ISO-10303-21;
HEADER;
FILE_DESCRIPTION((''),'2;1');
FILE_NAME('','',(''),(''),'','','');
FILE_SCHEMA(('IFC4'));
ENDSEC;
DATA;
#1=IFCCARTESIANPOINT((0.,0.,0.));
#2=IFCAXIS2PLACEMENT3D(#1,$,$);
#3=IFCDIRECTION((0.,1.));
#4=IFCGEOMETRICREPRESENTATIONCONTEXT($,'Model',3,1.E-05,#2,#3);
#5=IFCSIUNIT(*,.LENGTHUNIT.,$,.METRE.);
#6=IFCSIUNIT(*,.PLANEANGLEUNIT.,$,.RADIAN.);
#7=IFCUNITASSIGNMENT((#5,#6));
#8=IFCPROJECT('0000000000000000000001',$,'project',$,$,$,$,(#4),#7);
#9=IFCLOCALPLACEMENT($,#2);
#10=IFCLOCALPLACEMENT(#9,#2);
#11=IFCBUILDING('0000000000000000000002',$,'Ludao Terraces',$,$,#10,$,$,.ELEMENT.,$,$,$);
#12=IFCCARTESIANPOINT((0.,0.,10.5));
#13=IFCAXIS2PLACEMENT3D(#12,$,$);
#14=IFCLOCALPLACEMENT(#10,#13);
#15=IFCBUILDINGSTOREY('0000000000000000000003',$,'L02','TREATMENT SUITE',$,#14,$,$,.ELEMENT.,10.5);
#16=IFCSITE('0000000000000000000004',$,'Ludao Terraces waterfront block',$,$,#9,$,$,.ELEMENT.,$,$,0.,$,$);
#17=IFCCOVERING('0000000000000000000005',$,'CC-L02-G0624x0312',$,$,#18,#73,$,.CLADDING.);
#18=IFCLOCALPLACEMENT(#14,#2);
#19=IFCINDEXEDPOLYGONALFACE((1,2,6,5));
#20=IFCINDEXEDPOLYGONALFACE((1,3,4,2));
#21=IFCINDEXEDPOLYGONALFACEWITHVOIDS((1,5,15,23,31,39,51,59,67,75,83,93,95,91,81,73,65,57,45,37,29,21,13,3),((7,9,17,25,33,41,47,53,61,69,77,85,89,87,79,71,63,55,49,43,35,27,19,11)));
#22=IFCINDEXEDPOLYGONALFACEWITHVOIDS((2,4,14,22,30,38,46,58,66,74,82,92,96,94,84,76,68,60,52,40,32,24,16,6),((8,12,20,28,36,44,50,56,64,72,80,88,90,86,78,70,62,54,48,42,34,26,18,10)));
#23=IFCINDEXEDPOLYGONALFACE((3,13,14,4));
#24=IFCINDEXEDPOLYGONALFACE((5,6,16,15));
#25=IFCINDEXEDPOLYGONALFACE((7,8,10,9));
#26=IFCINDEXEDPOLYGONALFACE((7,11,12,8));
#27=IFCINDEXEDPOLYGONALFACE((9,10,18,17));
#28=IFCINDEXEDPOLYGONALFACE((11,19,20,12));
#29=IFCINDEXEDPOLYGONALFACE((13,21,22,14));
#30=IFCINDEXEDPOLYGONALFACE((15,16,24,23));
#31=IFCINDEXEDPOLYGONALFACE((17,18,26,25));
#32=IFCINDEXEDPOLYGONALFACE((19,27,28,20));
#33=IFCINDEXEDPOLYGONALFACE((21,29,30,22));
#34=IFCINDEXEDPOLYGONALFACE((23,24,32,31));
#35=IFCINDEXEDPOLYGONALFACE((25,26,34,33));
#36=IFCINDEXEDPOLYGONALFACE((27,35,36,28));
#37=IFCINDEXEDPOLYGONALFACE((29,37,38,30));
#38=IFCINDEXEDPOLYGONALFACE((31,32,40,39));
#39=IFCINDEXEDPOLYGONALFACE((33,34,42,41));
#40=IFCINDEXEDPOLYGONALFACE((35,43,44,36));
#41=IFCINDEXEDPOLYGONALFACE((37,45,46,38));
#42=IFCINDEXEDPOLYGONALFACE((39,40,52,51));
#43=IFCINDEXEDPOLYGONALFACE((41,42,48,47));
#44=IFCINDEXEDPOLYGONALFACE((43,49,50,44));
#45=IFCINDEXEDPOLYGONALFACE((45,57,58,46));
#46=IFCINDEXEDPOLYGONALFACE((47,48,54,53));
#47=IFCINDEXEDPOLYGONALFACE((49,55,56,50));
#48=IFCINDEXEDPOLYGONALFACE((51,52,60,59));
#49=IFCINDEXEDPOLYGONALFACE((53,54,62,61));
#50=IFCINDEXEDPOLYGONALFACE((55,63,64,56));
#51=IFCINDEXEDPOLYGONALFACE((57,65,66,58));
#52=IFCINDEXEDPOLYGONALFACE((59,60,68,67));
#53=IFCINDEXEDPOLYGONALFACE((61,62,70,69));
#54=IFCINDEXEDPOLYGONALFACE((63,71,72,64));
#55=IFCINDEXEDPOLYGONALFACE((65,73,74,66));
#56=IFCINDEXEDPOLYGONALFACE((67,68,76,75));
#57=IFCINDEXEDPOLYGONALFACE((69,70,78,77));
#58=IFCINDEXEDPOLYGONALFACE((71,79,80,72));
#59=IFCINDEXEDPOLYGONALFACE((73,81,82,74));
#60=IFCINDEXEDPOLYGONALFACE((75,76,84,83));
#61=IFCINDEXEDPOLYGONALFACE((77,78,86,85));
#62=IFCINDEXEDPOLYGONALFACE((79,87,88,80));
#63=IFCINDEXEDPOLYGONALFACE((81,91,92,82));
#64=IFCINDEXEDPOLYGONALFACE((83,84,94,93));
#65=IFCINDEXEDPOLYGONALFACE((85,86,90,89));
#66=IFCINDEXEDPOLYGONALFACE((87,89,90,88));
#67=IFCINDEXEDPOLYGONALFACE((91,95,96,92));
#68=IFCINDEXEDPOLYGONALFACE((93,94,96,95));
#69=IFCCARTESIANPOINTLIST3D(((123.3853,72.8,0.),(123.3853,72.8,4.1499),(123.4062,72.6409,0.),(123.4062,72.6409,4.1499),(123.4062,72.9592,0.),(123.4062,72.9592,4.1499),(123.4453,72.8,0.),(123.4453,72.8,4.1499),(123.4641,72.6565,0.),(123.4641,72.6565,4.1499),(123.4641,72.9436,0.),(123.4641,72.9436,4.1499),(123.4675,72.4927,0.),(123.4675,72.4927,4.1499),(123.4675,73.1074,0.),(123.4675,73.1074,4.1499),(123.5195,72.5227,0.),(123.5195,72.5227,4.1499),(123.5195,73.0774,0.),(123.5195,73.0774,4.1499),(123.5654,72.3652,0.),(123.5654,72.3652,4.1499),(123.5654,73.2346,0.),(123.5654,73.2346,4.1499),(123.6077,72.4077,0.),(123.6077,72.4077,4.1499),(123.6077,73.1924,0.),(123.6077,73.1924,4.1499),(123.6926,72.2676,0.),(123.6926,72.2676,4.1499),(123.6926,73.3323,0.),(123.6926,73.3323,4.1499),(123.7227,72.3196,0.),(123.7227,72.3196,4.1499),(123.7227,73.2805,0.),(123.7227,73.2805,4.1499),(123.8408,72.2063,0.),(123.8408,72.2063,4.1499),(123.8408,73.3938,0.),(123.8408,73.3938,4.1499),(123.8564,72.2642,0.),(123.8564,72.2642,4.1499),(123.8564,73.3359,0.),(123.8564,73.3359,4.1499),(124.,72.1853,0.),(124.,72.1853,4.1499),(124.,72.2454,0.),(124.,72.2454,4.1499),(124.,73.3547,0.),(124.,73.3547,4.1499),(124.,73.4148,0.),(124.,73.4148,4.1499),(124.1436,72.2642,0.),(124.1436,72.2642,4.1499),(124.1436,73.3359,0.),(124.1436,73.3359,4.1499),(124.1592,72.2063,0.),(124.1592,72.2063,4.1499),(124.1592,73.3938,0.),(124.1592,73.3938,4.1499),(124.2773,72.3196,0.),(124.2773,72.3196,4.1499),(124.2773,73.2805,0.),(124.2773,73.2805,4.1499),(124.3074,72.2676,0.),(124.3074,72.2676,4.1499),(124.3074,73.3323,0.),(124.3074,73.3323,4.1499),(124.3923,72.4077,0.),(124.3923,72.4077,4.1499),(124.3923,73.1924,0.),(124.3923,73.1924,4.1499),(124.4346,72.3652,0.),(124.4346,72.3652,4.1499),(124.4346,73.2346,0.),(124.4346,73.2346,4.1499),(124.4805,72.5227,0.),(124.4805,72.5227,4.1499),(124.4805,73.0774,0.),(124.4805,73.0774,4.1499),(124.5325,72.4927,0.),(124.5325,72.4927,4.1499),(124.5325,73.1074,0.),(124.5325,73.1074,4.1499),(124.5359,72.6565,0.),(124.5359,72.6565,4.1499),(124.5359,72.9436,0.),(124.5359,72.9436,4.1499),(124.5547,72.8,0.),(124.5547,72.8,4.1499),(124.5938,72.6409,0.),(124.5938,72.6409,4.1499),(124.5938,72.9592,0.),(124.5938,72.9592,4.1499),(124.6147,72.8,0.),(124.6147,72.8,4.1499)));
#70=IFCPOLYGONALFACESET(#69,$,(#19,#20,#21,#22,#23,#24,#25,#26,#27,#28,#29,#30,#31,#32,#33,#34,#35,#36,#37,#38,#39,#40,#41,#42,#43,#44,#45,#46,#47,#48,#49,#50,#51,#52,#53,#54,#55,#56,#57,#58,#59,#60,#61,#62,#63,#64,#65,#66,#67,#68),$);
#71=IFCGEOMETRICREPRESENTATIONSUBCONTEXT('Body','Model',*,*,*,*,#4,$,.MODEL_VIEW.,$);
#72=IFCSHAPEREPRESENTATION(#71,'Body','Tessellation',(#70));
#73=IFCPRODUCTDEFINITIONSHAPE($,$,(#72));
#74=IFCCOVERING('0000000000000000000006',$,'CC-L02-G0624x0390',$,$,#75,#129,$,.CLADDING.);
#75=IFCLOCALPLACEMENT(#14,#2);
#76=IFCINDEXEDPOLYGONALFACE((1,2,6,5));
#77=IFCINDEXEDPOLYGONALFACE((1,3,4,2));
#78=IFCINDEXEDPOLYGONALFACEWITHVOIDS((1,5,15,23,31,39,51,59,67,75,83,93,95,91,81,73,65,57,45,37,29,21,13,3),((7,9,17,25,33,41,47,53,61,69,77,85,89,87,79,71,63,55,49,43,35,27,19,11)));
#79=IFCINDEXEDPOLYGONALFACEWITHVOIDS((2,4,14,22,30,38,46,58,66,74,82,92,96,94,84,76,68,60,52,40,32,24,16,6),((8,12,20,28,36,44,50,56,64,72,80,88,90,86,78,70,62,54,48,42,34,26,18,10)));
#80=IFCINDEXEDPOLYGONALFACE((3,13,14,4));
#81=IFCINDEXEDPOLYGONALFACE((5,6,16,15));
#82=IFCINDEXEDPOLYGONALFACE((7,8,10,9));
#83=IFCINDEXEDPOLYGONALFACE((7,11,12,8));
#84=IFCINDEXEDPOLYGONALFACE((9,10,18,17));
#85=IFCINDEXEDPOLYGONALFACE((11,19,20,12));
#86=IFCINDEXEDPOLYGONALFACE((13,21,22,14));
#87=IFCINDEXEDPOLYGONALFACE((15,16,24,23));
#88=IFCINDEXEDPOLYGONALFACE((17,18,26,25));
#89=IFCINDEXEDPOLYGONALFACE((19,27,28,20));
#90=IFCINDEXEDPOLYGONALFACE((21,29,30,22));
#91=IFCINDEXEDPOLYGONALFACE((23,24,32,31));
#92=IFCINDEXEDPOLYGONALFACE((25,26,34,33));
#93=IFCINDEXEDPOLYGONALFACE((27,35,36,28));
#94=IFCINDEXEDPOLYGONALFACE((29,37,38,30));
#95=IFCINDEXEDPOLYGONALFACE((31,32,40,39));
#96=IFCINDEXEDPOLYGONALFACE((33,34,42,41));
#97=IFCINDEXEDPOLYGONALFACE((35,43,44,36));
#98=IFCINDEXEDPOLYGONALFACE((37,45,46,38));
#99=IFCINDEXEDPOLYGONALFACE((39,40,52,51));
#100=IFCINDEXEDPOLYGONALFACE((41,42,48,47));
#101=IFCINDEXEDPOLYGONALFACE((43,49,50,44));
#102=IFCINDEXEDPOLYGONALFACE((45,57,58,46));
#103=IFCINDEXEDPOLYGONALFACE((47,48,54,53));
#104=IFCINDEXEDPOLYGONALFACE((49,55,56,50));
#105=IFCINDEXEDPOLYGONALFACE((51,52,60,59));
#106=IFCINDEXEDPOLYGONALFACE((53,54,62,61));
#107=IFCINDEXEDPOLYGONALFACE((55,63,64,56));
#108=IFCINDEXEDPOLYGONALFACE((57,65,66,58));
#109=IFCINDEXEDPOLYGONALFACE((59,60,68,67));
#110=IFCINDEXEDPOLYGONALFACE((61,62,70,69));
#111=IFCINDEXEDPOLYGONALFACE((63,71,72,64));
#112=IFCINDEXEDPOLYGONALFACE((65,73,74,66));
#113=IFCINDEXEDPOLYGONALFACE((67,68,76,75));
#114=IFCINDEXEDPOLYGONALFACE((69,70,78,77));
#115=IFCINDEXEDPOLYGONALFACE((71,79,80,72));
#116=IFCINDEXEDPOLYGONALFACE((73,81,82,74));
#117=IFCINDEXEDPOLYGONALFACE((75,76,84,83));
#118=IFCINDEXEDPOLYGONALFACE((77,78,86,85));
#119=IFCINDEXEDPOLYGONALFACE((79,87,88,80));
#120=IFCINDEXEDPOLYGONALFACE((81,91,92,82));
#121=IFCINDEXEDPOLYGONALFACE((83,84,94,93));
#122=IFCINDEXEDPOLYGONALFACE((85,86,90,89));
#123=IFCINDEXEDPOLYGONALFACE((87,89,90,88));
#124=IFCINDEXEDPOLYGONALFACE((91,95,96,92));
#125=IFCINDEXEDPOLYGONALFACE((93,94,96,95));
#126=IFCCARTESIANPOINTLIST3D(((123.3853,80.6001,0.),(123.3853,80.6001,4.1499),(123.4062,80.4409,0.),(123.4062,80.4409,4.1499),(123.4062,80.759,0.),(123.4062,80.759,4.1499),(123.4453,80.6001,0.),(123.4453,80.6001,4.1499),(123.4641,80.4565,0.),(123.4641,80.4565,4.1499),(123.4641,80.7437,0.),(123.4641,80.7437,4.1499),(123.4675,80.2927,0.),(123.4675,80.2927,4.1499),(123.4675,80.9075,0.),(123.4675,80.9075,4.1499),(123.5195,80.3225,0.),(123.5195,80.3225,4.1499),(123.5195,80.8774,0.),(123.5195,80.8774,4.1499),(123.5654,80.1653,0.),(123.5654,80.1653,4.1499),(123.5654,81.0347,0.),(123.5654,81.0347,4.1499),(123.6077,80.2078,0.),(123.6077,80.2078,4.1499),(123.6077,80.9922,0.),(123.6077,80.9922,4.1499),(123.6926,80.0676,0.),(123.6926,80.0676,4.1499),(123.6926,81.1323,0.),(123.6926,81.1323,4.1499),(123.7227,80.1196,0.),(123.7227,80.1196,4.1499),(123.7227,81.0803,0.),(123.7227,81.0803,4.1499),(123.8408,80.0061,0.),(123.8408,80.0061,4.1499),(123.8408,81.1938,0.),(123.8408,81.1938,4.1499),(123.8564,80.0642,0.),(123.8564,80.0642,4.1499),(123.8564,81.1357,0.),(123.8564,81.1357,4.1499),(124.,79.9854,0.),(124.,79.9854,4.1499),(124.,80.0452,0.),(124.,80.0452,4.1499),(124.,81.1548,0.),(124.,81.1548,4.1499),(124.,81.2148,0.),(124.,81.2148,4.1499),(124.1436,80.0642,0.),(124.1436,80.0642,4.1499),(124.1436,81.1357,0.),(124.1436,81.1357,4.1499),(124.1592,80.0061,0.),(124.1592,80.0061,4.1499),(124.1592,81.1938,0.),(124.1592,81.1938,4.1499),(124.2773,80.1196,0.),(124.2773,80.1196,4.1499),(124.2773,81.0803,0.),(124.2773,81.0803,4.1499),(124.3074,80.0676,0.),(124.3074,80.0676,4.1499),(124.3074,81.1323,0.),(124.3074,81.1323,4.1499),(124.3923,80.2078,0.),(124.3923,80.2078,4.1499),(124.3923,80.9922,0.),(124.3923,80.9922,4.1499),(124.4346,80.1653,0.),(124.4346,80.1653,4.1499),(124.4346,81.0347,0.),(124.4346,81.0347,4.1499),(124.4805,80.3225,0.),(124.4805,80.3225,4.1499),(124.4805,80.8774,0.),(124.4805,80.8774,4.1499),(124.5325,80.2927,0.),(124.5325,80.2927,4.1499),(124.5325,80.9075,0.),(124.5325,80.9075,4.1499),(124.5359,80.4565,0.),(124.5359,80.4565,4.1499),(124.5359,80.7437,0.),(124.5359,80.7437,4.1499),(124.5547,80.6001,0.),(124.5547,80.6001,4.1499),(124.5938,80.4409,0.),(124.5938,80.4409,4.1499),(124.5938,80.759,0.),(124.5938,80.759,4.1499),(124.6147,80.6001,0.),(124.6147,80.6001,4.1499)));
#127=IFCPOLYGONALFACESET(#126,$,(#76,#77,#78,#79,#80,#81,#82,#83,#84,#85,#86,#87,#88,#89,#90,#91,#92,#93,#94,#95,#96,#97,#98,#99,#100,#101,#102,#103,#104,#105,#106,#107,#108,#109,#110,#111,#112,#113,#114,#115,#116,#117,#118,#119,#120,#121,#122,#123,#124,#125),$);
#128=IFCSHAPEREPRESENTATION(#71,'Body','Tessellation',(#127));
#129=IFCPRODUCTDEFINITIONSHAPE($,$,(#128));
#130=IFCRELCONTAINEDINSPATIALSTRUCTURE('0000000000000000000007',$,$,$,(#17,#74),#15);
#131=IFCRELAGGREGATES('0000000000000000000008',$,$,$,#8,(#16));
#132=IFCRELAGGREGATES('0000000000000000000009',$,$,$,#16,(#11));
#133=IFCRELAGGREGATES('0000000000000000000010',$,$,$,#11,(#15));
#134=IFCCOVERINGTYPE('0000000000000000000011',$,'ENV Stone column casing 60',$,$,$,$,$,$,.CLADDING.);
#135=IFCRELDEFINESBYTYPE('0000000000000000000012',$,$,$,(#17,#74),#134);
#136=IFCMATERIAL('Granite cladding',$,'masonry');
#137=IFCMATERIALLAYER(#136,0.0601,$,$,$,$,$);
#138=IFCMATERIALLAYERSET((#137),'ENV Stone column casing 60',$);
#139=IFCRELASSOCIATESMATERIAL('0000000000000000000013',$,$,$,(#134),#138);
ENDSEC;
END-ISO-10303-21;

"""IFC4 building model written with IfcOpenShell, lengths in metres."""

from ifc_helpers import new_model, si_unit, direction, frame, origin, place, context, subcontext, project, spatial, polyline, outline, extrude, material, layer, layer_set, type_object, element, save


model = new_model("IFC4")

# Units and contexts
model_context = context("Model", 3, precision=1e-05, world=origin(), true_north=direction((0.0, 1.0)))
body_context = subcontext(model_context, "Body", "Model", "MODEL_VIEW")
ifc_project = project(units=[si_unit("LENGTHUNIT", "METRE"), si_unit("PLANEANGLEUNIT", "RADIAN")], contexts=[model_context])

# Site, building, storey
site_placement = place(None, origin())
site = spatial("IfcSite", under=ifc_project, at=site_placement, Name="Ludao Terraces waterfront block", CompositionType="ELEMENT", RefElevation=0.0)
building_placement = place(site_placement, origin())
building = spatial("IfcBuilding", under=site, at=building_placement, Name="Ludao Terraces", CompositionType="ELEMENT")
storey_placement = place(building_placement, frame((0.0, 0.0, 10.5)))
storey = spatial("IfcBuildingStorey", under=building, at=storey_placement, Name="L02", Description="TREATMENT SUITE", CompositionType="ELEMENT", Elevation=10.5)

# Coverings
ifc_material_1 = material(Name="Granite cladding", Category="masonry")
ifc_layer_1 = layer(ifc_material_1, 0.0601)
ifc_layer_set_1 = layer_set([ifc_layer_1], Name="ENV Stone column casing 60")
covering_type = type_object("IfcCoveringType", Name="ENV Stone column casing 60", PredefinedType="CLADDING", material=ifc_layer_set_1)
covering_1_placement = place(storey_placement, origin())
element("IfcCovering", 1, at=covering_1_placement, inside=storey, type_object=covering_type, Name="CC-L02-G0624x0312", PredefinedType="CLADDING", context=body_context, shape_type="SweptSolid", body=[
    extrude(outline(polyline([(124.6147, 72.8), (124.5938, 72.9592), (124.5325, 73.1074), (124.4346, 73.2346), (124.3074, 73.3323), (124.1592, 73.3938), (124.0, 73.4148), (123.8408, 73.3938), (123.6926, 73.3323), (123.5654, 73.2346), (123.4675, 73.1074), (123.4062, 72.9592), (123.3853, 72.8), (123.4062, 72.6409), (123.4675, 72.4927), (123.5654, 72.3652), (123.6926, 72.2676), (123.8408, 72.2063), (124.0, 72.1853), (124.1592, 72.2063), (124.3074, 72.2676), (124.4346, 72.3652), (124.5325, 72.4927), (124.5938, 72.6409), (124.6147, 72.8)]), holes=[polyline([(124.5359, 72.6565), (124.4805, 72.5227), (124.3923, 72.4077), (124.2773, 72.3196), (124.1436, 72.2642), (124.0, 72.2454), (123.8564, 72.2642), (123.7227, 72.3196), (123.6077, 72.4077), (123.5195, 72.5227), (123.4641, 72.6565), (123.4453, 72.8), (123.4641, 72.9436), (123.5195, 73.0774), (123.6077, 73.1924), (123.7227, 73.2805), (123.8564, 73.3359), (124.0, 73.3547), (124.1436, 73.3359), (124.2773, 73.2805), (124.3923, 73.1924), (124.4805, 73.0774), (124.5359, 72.9436), (124.5547, 72.8), (124.5359, 72.6565)])]), origin(), (0.0, 0.0, 1.0), 4.1499),
])
covering_2_placement = place(storey_placement, origin())
element("IfcCovering", 2, at=covering_2_placement, inside=storey, type_object=covering_type, Name="CC-L02-G0624x0390", PredefinedType="CLADDING", context=body_context, shape_type="SweptSolid", body=[
    extrude(outline(polyline([(124.6147, 80.6001), (124.5938, 80.759), (124.5325, 80.9075), (124.4346, 81.0347), (124.3074, 81.1323), (124.1592, 81.1938), (124.0, 81.2148), (123.8408, 81.1938), (123.6926, 81.1323), (123.5654, 81.0347), (123.4675, 80.9075), (123.4062, 80.759), (123.3853, 80.6001), (123.4062, 80.4409), (123.4675, 80.2927), (123.5654, 80.1653), (123.6926, 80.0676), (123.8408, 80.0061), (124.0, 79.9854), (124.1592, 80.0061), (124.3074, 80.0676), (124.4346, 80.1653), (124.5325, 80.2927), (124.5938, 80.4409), (124.6147, 80.6001)]), holes=[polyline([(124.5359, 80.4565), (124.4805, 80.3225), (124.3923, 80.2078), (124.2773, 80.1196), (124.1436, 80.0642), (124.0, 80.0452), (123.8564, 80.0642), (123.7227, 80.1196), (123.6077, 80.2078), (123.5195, 80.3225), (123.4641, 80.4565), (123.4453, 80.6001), (123.4641, 80.7437), (123.5195, 80.8774), (123.6077, 80.9922), (123.7227, 81.0803), (123.8564, 81.1357), (124.0, 81.1548), (124.1436, 81.1357), (124.2773, 81.0803), (124.3923, 80.9922), (124.4805, 80.8774), (124.5359, 80.7437), (124.5547, 80.6001), (124.5359, 80.4565)])]), origin(), (0.0, 0.0, 1.0), 4.1499),
])

save(model, "model.ifc")
